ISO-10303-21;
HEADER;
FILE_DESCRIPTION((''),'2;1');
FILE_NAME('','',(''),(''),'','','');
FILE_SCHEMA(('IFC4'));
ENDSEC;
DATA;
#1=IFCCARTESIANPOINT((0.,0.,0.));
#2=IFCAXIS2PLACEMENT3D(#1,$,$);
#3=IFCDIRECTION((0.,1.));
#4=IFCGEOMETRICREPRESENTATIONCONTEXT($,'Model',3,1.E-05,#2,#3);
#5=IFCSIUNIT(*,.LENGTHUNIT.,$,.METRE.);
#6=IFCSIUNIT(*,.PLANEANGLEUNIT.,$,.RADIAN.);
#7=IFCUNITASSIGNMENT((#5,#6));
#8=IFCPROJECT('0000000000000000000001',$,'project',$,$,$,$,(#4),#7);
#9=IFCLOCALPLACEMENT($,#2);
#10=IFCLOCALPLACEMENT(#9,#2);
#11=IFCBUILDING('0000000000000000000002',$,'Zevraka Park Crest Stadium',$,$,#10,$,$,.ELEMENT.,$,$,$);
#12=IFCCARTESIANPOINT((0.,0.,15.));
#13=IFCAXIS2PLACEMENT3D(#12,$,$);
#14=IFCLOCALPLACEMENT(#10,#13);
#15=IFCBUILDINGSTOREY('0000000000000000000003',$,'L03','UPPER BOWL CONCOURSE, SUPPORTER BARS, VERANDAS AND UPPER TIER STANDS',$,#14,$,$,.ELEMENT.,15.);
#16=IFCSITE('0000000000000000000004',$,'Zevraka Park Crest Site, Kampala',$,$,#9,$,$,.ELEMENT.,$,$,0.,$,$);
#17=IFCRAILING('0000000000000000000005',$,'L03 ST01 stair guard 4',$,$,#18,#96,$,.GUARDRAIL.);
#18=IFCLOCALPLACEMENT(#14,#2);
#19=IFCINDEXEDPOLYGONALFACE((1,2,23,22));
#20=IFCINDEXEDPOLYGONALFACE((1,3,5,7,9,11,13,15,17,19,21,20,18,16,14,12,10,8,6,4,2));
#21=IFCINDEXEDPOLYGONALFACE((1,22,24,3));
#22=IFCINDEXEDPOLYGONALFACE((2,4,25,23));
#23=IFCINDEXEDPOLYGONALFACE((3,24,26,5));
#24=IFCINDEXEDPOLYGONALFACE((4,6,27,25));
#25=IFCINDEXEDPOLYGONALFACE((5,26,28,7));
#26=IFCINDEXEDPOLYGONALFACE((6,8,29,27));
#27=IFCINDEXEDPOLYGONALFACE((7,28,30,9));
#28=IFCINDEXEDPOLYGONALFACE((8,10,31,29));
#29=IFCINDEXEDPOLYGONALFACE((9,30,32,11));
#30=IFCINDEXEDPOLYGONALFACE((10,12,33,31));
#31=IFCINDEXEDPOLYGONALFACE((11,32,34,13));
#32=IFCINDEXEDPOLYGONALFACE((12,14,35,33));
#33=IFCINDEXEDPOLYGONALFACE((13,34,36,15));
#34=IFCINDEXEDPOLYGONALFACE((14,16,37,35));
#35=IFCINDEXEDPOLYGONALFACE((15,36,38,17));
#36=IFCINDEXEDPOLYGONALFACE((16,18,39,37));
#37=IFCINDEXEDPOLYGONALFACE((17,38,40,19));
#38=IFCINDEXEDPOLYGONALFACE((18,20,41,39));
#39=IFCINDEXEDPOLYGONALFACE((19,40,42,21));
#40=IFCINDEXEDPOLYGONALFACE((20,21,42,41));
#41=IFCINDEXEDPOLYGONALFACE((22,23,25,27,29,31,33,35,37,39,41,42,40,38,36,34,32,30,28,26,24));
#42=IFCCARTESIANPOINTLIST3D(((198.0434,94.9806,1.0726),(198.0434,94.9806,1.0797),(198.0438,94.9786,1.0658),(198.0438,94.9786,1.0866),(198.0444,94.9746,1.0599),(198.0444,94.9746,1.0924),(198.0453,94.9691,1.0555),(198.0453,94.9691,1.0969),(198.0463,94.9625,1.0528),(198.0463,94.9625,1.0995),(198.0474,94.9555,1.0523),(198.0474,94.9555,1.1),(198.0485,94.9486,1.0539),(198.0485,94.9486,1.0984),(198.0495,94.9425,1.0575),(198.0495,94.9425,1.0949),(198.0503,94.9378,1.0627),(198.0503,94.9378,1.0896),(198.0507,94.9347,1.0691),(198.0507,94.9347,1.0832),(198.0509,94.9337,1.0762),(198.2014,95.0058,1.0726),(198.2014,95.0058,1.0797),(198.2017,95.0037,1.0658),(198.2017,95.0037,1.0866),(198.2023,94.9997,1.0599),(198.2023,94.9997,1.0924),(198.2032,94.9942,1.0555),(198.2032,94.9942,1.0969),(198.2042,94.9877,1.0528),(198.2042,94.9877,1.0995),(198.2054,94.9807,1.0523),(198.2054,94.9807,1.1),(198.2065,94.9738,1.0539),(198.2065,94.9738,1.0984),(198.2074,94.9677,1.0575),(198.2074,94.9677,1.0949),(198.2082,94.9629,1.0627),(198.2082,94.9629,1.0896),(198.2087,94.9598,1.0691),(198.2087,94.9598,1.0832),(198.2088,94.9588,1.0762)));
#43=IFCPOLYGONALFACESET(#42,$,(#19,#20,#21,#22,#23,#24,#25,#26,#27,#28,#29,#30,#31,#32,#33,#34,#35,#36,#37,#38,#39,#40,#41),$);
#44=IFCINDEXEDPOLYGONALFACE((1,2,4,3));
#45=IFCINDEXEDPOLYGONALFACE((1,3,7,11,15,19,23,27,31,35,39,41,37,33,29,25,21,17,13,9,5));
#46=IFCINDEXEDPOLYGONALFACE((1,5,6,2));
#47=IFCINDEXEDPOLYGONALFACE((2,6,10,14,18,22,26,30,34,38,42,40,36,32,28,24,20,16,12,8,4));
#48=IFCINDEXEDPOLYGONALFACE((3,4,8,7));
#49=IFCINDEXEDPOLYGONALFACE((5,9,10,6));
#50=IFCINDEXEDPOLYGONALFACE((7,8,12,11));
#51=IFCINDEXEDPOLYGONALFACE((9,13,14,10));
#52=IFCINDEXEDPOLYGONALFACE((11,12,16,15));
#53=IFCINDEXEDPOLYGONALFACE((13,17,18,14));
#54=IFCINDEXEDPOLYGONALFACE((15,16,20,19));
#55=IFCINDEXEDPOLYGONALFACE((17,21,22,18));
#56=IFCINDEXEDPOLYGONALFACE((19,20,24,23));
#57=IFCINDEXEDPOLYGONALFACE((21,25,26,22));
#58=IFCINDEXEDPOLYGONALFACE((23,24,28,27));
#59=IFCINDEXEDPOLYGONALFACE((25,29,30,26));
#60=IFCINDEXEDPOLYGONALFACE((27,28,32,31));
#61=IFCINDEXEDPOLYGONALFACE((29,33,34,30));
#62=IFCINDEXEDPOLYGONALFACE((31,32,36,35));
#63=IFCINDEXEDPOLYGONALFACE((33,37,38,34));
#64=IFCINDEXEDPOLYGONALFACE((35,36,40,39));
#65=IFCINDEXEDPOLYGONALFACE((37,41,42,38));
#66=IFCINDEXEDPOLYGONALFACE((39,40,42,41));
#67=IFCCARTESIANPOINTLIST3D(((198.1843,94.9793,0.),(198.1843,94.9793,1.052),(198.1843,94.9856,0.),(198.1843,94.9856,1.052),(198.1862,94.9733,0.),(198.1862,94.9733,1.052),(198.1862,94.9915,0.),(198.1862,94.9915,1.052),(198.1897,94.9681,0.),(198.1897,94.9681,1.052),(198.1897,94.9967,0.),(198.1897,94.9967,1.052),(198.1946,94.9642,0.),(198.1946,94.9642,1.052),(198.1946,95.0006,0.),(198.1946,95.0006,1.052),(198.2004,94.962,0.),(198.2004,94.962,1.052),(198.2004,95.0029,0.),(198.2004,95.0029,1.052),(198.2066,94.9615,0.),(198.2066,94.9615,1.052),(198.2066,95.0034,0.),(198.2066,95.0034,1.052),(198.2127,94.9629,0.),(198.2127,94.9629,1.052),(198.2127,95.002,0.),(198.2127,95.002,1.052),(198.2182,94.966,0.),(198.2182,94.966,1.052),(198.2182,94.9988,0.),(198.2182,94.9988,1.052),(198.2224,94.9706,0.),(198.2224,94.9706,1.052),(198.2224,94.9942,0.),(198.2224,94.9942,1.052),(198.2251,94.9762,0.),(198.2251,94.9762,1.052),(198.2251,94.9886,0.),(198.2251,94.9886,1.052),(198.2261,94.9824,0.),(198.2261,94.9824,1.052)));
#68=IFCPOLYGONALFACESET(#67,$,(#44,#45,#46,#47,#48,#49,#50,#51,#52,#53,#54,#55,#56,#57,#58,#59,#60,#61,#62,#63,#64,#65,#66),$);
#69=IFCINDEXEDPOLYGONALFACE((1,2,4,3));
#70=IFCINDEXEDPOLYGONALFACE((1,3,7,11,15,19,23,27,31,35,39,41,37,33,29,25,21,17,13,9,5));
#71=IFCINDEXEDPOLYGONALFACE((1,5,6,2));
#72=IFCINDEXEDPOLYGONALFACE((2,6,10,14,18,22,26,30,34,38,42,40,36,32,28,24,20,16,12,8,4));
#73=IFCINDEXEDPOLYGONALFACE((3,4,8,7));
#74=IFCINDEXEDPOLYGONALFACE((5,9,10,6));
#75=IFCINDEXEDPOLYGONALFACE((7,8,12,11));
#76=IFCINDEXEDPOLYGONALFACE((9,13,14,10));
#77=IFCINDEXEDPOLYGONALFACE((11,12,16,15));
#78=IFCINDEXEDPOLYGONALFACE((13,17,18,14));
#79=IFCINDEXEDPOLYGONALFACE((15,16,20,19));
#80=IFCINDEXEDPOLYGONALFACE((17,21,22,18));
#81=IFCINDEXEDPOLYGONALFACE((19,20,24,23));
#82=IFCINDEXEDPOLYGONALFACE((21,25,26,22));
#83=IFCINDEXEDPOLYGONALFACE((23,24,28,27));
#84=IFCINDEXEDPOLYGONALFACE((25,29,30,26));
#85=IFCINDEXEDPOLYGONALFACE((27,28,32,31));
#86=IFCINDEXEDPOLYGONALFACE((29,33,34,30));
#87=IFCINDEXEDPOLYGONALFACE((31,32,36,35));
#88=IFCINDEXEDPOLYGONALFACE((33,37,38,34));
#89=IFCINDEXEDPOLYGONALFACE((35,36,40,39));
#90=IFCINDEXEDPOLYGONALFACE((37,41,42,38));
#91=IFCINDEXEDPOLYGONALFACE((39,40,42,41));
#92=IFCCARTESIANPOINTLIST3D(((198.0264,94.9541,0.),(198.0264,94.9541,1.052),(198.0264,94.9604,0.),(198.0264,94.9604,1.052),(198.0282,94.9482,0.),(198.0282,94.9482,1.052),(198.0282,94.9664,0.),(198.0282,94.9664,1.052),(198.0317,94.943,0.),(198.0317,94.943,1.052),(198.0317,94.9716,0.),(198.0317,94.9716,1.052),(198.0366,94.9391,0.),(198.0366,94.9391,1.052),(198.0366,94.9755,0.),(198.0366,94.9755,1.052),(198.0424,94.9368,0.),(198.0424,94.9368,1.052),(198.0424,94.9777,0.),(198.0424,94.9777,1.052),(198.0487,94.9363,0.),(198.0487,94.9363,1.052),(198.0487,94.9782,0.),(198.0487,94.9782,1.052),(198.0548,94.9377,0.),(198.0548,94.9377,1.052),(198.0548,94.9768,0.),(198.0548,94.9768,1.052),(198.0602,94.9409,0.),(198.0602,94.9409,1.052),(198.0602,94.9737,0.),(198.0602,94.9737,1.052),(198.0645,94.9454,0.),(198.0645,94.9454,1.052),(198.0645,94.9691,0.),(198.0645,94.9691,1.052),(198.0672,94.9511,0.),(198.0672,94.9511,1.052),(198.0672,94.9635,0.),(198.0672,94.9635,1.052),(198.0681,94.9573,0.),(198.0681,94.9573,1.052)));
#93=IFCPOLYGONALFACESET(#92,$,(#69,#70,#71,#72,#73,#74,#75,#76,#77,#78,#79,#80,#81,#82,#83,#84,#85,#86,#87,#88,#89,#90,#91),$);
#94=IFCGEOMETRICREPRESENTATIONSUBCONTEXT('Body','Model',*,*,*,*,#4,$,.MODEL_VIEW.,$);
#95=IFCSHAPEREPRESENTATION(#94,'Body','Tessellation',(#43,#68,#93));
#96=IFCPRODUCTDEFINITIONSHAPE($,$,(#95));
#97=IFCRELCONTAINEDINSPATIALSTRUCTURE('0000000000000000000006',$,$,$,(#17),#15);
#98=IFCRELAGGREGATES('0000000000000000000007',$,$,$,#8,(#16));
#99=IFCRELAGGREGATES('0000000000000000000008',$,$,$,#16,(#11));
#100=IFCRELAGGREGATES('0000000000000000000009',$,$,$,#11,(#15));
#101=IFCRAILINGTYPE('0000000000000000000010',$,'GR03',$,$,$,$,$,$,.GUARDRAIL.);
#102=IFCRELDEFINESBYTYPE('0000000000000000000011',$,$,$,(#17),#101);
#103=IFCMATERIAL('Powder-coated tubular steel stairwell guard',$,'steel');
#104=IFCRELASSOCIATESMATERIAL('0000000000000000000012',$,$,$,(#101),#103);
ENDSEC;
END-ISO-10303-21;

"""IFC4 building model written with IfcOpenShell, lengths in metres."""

from ifc_helpers import new_model, si_unit, direction, frame, origin, origin_2d, place, context, subcontext, project, spatial, circle, extrude, material, type_object, element, save


model = new_model("IFC4")

# Units and contexts
model_context = context("Model", 3, precision=1e-05, world=origin(), true_north=direction((0.0, 1.0)))
body_context = subcontext(model_context, "Body", "Model", "MODEL_VIEW")
ifc_project = project(units=[si_unit("LENGTHUNIT", "METRE"), si_unit("PLANEANGLEUNIT", "RADIAN")], contexts=[model_context])

# Site, building, storey
site_placement = place(None, origin())
site = spatial("IfcSite", under=ifc_project, at=site_placement, Name="Zevraka Park Crest Site, Kampala", CompositionType="ELEMENT", RefElevation=0.0)
building_placement = place(site_placement, origin())
building = spatial("IfcBuilding", under=site, at=building_placement, Name="Zevraka Park Crest Stadium", CompositionType="ELEMENT")
storey_placement = place(building_placement, frame((0.0, 0.0, 15.0)))
storey = spatial("IfcBuildingStorey", under=building, at=storey_placement, Name="L03", Description="UPPER BOWL CONCOURSE, SUPPORTER BARS, VERANDAS AND UPPER TIER STANDS", CompositionType="ELEMENT", Elevation=15.0)

# Railing
ifc_material_1 = material(Name="Powder-coated tubular steel stairwell guard", Category="steel")
railing_type_1 = type_object("IfcRailingType", Name="GR03", PredefinedType="GUARDRAIL", material=ifc_material_1)
railing_1_placement = place(storey_placement, frame((198.2051, 94.9824, 0.0)))
element("IfcRailing", 1, at=railing_1_placement, inside=storey, type_object=railing_type_1, Name="L03 ST01 stair guard 4", PredefinedType="GUARDRAIL", context=body_context, shape_type="SweptSolid", body=[
    extrude(circle(Radius=0.0239, at=origin_2d()), frame((0.0, 0.0, 1.0762), z_axis=(-0.987564, -0.157217, 0.0), x_axis=(0.157217, -0.987564, 0.0)), (0.0, 0.0, 1.0), 0.1599),
    extrude(circle(Radius=0.021, at=origin_2d()), origin(), (0.0, 0.0, 1.0), 1.052),
    extrude(circle(Radius=0.021, at=origin_2d()), frame((-0.158, -0.0251, 0.0)), (0.0, 0.0, 1.0), 1.052),
])

save(model, "model.ifc")
